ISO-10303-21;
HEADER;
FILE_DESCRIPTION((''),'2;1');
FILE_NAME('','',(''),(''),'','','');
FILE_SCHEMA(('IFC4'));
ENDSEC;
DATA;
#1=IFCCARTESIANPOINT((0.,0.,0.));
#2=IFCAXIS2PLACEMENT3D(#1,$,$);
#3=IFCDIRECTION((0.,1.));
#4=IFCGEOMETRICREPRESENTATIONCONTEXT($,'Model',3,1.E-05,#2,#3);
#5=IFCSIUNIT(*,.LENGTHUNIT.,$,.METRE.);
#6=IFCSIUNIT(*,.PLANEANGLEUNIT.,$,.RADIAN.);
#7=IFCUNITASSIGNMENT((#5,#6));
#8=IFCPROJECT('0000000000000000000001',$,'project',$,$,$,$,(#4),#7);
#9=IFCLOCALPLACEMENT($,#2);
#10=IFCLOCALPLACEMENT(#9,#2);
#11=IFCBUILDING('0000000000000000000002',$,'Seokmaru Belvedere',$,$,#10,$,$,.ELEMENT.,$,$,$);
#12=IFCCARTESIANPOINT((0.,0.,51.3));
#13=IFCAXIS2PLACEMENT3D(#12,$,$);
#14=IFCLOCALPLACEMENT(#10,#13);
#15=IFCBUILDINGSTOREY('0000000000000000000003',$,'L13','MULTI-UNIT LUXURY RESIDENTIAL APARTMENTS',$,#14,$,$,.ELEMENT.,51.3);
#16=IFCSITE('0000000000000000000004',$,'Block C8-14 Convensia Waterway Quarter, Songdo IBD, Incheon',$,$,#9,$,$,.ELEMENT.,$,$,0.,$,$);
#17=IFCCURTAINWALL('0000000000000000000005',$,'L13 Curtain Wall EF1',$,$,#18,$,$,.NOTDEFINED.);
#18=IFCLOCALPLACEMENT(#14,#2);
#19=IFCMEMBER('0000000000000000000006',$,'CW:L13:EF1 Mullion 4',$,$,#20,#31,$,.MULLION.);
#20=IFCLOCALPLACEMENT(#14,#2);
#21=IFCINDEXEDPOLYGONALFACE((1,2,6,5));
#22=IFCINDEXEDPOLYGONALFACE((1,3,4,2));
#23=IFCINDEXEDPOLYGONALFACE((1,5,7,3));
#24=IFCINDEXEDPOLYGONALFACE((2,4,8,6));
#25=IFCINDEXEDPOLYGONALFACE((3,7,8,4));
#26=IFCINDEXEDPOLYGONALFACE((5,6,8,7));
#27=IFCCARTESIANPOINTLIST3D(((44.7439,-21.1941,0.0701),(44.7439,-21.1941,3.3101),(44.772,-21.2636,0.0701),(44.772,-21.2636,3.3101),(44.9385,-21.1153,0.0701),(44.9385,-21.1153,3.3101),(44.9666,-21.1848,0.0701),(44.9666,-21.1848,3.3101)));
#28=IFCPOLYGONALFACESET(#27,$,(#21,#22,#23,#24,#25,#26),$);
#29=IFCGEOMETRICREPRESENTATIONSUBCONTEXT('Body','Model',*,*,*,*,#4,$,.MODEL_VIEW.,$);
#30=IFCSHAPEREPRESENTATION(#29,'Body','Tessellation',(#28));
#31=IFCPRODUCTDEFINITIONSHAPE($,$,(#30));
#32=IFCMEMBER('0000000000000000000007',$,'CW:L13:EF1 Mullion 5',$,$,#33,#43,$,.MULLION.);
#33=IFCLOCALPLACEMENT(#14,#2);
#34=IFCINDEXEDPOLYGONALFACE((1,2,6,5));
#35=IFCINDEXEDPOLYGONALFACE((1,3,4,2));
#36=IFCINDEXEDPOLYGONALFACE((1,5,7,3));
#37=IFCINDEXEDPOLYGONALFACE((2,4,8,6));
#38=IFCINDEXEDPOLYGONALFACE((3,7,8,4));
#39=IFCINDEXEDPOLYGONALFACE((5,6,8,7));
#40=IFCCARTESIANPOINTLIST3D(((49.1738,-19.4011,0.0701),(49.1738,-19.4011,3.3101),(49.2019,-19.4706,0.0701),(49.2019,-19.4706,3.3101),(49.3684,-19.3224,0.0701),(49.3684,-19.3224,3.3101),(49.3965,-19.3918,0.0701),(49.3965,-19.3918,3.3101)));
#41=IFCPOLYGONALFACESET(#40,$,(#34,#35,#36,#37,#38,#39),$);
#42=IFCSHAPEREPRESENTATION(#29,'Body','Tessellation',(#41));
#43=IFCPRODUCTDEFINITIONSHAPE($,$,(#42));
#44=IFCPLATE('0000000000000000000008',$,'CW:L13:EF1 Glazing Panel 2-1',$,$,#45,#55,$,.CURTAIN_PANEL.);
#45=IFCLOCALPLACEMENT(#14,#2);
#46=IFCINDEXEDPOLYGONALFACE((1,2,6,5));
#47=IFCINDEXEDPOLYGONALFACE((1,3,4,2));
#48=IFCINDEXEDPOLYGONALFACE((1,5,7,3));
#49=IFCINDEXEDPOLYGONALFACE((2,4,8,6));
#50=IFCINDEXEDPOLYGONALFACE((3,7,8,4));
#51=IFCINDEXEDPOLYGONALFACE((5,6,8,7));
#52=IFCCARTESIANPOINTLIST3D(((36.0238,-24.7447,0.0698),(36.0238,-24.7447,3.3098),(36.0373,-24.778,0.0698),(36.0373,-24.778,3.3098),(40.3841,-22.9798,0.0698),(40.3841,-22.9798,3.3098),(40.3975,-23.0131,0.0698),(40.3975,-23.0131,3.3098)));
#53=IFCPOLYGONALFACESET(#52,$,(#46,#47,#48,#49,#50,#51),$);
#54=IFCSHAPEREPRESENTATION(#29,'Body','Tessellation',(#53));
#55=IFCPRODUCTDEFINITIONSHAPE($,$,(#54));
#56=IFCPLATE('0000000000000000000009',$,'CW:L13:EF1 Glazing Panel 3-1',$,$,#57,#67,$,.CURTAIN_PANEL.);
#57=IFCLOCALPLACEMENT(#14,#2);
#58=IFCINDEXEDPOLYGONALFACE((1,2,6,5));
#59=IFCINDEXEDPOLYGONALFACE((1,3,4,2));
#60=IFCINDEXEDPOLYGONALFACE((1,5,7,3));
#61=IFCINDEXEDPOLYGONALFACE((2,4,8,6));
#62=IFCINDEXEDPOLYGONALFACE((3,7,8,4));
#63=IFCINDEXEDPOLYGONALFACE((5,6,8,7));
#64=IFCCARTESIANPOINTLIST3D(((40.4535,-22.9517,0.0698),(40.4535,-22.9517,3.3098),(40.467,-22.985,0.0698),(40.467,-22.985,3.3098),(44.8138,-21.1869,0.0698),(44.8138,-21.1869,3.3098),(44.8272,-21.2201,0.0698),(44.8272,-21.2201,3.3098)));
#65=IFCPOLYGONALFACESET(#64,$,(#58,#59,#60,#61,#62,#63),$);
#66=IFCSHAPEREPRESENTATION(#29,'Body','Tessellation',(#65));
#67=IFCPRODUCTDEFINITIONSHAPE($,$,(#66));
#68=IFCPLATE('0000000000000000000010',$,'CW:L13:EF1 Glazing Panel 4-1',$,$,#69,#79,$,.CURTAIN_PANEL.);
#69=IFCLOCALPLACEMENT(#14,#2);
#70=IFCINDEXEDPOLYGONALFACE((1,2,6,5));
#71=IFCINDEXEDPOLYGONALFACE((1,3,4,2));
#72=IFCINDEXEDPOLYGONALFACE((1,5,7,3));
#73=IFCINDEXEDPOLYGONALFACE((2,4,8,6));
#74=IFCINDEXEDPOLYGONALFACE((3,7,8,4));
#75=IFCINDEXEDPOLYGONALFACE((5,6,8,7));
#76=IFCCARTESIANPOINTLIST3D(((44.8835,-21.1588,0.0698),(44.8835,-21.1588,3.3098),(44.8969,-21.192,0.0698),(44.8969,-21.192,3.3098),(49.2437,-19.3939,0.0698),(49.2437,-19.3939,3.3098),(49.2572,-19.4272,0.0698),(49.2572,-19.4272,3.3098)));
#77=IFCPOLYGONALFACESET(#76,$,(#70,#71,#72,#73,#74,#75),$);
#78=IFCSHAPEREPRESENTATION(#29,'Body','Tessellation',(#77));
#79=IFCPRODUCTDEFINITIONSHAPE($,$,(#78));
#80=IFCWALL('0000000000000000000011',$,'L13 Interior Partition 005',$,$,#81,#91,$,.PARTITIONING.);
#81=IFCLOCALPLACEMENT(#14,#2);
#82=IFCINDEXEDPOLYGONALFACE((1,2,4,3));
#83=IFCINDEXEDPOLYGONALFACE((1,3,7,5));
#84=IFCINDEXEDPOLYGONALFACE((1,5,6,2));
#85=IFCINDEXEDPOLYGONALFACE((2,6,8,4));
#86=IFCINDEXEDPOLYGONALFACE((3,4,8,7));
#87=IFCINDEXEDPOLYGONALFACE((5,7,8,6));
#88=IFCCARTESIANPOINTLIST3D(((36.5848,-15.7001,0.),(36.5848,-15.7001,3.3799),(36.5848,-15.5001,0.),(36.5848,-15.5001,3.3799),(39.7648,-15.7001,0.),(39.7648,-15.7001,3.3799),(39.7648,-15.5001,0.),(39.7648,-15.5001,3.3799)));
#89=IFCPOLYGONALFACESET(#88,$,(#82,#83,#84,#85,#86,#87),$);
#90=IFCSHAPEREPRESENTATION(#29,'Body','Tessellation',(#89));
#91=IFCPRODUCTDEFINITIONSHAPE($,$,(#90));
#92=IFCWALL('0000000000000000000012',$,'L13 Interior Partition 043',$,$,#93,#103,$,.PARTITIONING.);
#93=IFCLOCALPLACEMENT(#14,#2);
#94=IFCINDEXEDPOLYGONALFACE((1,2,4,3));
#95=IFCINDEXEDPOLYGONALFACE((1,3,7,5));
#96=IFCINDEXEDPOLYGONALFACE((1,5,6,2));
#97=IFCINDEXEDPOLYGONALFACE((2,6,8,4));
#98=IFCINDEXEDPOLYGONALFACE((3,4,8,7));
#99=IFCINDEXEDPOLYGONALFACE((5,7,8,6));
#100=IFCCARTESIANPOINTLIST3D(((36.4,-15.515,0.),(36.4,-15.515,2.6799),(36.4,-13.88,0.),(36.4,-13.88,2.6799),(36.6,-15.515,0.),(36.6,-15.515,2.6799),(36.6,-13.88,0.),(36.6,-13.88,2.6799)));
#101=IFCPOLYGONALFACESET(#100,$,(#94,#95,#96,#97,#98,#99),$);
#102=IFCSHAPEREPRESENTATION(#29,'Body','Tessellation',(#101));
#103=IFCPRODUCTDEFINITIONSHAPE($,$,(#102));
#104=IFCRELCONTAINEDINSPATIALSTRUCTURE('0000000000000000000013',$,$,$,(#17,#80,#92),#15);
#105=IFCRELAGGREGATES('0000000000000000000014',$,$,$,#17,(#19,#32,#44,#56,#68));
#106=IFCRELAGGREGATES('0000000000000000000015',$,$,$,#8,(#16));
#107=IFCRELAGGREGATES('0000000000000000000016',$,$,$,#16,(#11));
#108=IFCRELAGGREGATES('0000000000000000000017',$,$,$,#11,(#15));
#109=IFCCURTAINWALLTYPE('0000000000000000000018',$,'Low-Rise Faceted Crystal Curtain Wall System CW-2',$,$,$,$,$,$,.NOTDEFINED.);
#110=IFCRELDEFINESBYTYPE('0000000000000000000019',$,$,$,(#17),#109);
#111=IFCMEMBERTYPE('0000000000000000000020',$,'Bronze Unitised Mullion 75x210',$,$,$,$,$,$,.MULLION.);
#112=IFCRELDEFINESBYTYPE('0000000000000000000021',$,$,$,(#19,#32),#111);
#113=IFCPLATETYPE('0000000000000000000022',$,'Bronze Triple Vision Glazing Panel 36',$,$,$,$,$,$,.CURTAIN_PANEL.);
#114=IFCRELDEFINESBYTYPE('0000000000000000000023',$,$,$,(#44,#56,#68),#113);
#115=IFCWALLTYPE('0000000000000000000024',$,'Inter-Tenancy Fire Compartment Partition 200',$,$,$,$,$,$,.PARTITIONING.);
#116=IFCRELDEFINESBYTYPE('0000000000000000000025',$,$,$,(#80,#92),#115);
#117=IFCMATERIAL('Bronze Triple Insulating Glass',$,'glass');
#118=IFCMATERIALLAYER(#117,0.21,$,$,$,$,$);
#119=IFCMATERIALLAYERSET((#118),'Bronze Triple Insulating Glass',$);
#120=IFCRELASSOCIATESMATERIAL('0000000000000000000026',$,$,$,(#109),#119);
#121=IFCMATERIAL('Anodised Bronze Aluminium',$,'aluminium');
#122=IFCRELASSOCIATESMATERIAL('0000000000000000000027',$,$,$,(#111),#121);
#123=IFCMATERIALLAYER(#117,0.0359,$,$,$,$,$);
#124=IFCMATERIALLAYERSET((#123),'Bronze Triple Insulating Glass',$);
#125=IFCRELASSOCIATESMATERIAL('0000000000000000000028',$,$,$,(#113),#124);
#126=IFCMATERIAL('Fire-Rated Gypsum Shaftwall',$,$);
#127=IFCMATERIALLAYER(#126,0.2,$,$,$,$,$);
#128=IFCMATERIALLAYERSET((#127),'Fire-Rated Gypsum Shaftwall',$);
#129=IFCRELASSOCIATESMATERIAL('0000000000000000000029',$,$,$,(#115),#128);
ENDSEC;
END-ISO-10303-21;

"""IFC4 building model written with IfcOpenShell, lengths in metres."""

from ifc_helpers import new_model, si_unit, direction, frame, frame_2d, origin, origin_2d, place, context, subcontext, project, spatial, rectangle, extrude, source, transform, mapped, material, layer, layer_set, material_profile, profile_set, type_object, type_shapes, element, aggregate, save


model = new_model("IFC4")

# Units and contexts
model_context = context("Model", 3, precision=1e-05, world=origin(), true_north=direction((0.0, 1.0)))
body_context = subcontext(model_context, "Body", "Model", "MODEL_VIEW")
ifc_project = project(units=[si_unit("LENGTHUNIT", "METRE"), si_unit("PLANEANGLEUNIT", "RADIAN")], contexts=[model_context])

# Site, building, storey
site_placement = place(None, origin())
site = spatial("IfcSite", under=ifc_project, at=site_placement, Name="Block C8-14 Convensia Waterway Quarter, Songdo IBD, Incheon", CompositionType="ELEMENT", RefElevation=0.0)
building_placement = place(site_placement, origin())
building = spatial("IfcBuilding", under=site, at=building_placement, Name="Seokmaru Belvedere", CompositionType="ELEMENT")
storey_placement = place(building_placement, frame((0.0, 0.0, 51.3)))
storey = spatial("IfcBuildingStorey", under=building, at=storey_placement, Name="L13", Description="MULTI-UNIT LUXURY RESIDENTIAL APARTMENTS", CompositionType="ELEMENT", Elevation=51.3)

# Curtain wall, members, plates
ifc_material_1 = material(Name="Bronze Triple Insulating Glass", Category="glass")
ifc_layer_1 = layer(ifc_material_1, 0.21)
ifc_layer_set_1 = layer_set([ifc_layer_1], Name="Bronze Triple Insulating Glass")
curtain_wall_type = type_object("IfcCurtainWallType", Name="Low-Rise Faceted Crystal Curtain Wall System CW-2", PredefinedType="NOTDEFINED", material=ifc_layer_set_1)
curtain_wall_placement = place(storey_placement, origin())
curtain_wall = element("IfcCurtainWall", 1, at=curtain_wall_placement, inside=storey, type_object=curtain_wall_type, Name="L13 Curtain Wall EF1", PredefinedType="NOTDEFINED")
ifc_material_2 = material(Name="Anodised Bronze Aluminium", Category="aluminium")
ifc_material_profile_1 = material_profile(ifc_material_2, rectangle(XDim=0.075, YDim=0.21, at=origin_2d()), Name="CW-M-75x210")
ifc_profile_set_1 = profile_set([ifc_material_profile_1], Name="Anodised Bronze Aluminium")
member_type = type_object("IfcMemberType", Name="Bronze Unitised Mullion 75x210", PredefinedType="MULLION", material=ifc_profile_set_1)
shared_shape_1 = source(origin(), body_context, "Body", "SweptSolid", [
    extrude(rectangle(XDim=0.075, YDim=0.21, at=origin_2d()), origin(), (0.0, 0.0, 1.0), 3.24),
])
type_shapes(member_type, [shared_shape_1])
member_1_placement = place(storey_placement, frame((44.8552, -21.1895, 0.0701), z_axis=(0.0, 0.0, 1.0), x_axis=(-0.375192, 0.926947, 0.0)))
member_1 = element("IfcMember", 2, at=member_1_placement, type_object=member_type, Name="CW:L13:EF1 Mullion 4", PredefinedType="MULLION", context=body_context, shape_type="MappedRepresentation", body=[
    mapped(shared_shape_1, transform((0.0, 0.0, 0.0), scale=1.0)),
])
member_2_placement = place(storey_placement, frame((49.2852, -19.3965, 0.0701), z_axis=(0.0, 0.0, 1.0), x_axis=(-0.375192, 0.926947, 0.0)))
member_2 = element("IfcMember", 3, at=member_2_placement, type_object=member_type, Name="CW:L13:EF1 Mullion 5", PredefinedType="MULLION", context=body_context, shape_type="MappedRepresentation", body=[
    mapped(shared_shape_1, transform((0.0, 0.0, 0.0), scale=1.0)),
])
ifc_layer_2 = layer(ifc_material_1, 0.0359)
ifc_layer_set_2 = layer_set([ifc_layer_2], Name="Bronze Triple Insulating Glass")
plate_type = type_object("IfcPlateType", Name="Bronze Triple Vision Glazing Panel 36", PredefinedType="CURTAIN_PANEL", material=ifc_layer_set_2)
shared_shape_2 = source(origin(), body_context, "Body", "SweptSolid", [
    extrude(rectangle(XDim=4.7039, YDim=0.0359, at=origin_2d()), origin(), (0.0, 0.0, 1.0), 3.24),
])
type_shapes(plate_type, [shared_shape_2])
plate_1_placement = place(storey_placement, frame((38.2107, -23.8789, 0.0698), z_axis=(0.0, 0.0, 1.0), x_axis=(0.926947, 0.375192, 0.0)))
plate_1 = element("IfcPlate", 4, at=plate_1_placement, type_object=plate_type, Name="CW:L13:EF1 Glazing Panel 2-1", PredefinedType="CURTAIN_PANEL", context=body_context, shape_type="MappedRepresentation", body=[
    mapped(shared_shape_2, transform((0.0, 0.0, 0.0), scale=1.0)),
])
plate_2_placement = place(storey_placement, frame((42.6404, -22.0859, 0.0698), z_axis=(0.0, 0.0, 1.0), x_axis=(0.926947, 0.375192, 0.0)))
plate_2 = element("IfcPlate", 5, at=plate_2_placement, type_object=plate_type, Name="CW:L13:EF1 Glazing Panel 3-1", PredefinedType="CURTAIN_PANEL", context=body_context, shape_type="MappedRepresentation", body=[
    mapped(shared_shape_2, transform((0.0, 0.0, 0.0), scale=1.0)),
])
plate_3_placement = place(storey_placement, frame((47.0703, -20.293, 0.0698), z_axis=(0.0, 0.0, 1.0), x_axis=(0.926947, 0.375192, 0.0)))
plate_3 = element("IfcPlate", 6, at=plate_3_placement, type_object=plate_type, Name="CW:L13:EF1 Glazing Panel 4-1", PredefinedType="CURTAIN_PANEL", context=body_context, shape_type="MappedRepresentation", body=[
    mapped(shared_shape_2, transform((0.0, 0.0, 0.0), scale=1.0)),
])
aggregate(curtain_wall, [member_1, member_2, plate_1, plate_2, plate_3])

# Walls
ifc_material_3 = material(Name="Fire-Rated Gypsum Shaftwall")
ifc_layer_3 = layer(ifc_material_3, 0.2)
ifc_layer_set_3 = layer_set([ifc_layer_3], Name="Fire-Rated Gypsum Shaftwall")
wall_type = type_object("IfcWallType", Name="Inter-Tenancy Fire Compartment Partition 200", PredefinedType="PARTITIONING", material=ifc_layer_set_3)
wall_1_placement = place(storey_placement, frame((36.585, -15.6001, 0.0), z_axis=(0.0, 0.0, 1.0), x_axis=(1.0, 0.0, 0.0)))
element("IfcWall", 7, at=wall_1_placement, inside=storey, type_object=wall_type, Name="L13 Interior Partition 005", PredefinedType="PARTITIONING", context=body_context, shape_type="SweptSolid", body=[
    extrude(rectangle(XDim=3.1799, YDim=0.2, at=frame_2d((1.5898, 0.0))), origin(), (0.0, 0.0, 1.0), 3.3799),
])
wall_2_placement = place(storey_placement, frame((36.5, -15.5149, 0.0), z_axis=(0.0, 0.0, 1.0), x_axis=(0.0, 1.0, 0.0)))
element("IfcWall", 8, at=wall_2_placement, inside=storey, type_object=wall_type, Name="L13 Interior Partition 043", PredefinedType="PARTITIONING", context=body_context, shape_type="SweptSolid", body=[
    extrude(rectangle(XDim=1.635, YDim=0.2, at=frame_2d((0.8174, 0.0))), origin(), (0.0, 0.0, 1.0), 2.6799),
])

save(model, "model.ifc")
